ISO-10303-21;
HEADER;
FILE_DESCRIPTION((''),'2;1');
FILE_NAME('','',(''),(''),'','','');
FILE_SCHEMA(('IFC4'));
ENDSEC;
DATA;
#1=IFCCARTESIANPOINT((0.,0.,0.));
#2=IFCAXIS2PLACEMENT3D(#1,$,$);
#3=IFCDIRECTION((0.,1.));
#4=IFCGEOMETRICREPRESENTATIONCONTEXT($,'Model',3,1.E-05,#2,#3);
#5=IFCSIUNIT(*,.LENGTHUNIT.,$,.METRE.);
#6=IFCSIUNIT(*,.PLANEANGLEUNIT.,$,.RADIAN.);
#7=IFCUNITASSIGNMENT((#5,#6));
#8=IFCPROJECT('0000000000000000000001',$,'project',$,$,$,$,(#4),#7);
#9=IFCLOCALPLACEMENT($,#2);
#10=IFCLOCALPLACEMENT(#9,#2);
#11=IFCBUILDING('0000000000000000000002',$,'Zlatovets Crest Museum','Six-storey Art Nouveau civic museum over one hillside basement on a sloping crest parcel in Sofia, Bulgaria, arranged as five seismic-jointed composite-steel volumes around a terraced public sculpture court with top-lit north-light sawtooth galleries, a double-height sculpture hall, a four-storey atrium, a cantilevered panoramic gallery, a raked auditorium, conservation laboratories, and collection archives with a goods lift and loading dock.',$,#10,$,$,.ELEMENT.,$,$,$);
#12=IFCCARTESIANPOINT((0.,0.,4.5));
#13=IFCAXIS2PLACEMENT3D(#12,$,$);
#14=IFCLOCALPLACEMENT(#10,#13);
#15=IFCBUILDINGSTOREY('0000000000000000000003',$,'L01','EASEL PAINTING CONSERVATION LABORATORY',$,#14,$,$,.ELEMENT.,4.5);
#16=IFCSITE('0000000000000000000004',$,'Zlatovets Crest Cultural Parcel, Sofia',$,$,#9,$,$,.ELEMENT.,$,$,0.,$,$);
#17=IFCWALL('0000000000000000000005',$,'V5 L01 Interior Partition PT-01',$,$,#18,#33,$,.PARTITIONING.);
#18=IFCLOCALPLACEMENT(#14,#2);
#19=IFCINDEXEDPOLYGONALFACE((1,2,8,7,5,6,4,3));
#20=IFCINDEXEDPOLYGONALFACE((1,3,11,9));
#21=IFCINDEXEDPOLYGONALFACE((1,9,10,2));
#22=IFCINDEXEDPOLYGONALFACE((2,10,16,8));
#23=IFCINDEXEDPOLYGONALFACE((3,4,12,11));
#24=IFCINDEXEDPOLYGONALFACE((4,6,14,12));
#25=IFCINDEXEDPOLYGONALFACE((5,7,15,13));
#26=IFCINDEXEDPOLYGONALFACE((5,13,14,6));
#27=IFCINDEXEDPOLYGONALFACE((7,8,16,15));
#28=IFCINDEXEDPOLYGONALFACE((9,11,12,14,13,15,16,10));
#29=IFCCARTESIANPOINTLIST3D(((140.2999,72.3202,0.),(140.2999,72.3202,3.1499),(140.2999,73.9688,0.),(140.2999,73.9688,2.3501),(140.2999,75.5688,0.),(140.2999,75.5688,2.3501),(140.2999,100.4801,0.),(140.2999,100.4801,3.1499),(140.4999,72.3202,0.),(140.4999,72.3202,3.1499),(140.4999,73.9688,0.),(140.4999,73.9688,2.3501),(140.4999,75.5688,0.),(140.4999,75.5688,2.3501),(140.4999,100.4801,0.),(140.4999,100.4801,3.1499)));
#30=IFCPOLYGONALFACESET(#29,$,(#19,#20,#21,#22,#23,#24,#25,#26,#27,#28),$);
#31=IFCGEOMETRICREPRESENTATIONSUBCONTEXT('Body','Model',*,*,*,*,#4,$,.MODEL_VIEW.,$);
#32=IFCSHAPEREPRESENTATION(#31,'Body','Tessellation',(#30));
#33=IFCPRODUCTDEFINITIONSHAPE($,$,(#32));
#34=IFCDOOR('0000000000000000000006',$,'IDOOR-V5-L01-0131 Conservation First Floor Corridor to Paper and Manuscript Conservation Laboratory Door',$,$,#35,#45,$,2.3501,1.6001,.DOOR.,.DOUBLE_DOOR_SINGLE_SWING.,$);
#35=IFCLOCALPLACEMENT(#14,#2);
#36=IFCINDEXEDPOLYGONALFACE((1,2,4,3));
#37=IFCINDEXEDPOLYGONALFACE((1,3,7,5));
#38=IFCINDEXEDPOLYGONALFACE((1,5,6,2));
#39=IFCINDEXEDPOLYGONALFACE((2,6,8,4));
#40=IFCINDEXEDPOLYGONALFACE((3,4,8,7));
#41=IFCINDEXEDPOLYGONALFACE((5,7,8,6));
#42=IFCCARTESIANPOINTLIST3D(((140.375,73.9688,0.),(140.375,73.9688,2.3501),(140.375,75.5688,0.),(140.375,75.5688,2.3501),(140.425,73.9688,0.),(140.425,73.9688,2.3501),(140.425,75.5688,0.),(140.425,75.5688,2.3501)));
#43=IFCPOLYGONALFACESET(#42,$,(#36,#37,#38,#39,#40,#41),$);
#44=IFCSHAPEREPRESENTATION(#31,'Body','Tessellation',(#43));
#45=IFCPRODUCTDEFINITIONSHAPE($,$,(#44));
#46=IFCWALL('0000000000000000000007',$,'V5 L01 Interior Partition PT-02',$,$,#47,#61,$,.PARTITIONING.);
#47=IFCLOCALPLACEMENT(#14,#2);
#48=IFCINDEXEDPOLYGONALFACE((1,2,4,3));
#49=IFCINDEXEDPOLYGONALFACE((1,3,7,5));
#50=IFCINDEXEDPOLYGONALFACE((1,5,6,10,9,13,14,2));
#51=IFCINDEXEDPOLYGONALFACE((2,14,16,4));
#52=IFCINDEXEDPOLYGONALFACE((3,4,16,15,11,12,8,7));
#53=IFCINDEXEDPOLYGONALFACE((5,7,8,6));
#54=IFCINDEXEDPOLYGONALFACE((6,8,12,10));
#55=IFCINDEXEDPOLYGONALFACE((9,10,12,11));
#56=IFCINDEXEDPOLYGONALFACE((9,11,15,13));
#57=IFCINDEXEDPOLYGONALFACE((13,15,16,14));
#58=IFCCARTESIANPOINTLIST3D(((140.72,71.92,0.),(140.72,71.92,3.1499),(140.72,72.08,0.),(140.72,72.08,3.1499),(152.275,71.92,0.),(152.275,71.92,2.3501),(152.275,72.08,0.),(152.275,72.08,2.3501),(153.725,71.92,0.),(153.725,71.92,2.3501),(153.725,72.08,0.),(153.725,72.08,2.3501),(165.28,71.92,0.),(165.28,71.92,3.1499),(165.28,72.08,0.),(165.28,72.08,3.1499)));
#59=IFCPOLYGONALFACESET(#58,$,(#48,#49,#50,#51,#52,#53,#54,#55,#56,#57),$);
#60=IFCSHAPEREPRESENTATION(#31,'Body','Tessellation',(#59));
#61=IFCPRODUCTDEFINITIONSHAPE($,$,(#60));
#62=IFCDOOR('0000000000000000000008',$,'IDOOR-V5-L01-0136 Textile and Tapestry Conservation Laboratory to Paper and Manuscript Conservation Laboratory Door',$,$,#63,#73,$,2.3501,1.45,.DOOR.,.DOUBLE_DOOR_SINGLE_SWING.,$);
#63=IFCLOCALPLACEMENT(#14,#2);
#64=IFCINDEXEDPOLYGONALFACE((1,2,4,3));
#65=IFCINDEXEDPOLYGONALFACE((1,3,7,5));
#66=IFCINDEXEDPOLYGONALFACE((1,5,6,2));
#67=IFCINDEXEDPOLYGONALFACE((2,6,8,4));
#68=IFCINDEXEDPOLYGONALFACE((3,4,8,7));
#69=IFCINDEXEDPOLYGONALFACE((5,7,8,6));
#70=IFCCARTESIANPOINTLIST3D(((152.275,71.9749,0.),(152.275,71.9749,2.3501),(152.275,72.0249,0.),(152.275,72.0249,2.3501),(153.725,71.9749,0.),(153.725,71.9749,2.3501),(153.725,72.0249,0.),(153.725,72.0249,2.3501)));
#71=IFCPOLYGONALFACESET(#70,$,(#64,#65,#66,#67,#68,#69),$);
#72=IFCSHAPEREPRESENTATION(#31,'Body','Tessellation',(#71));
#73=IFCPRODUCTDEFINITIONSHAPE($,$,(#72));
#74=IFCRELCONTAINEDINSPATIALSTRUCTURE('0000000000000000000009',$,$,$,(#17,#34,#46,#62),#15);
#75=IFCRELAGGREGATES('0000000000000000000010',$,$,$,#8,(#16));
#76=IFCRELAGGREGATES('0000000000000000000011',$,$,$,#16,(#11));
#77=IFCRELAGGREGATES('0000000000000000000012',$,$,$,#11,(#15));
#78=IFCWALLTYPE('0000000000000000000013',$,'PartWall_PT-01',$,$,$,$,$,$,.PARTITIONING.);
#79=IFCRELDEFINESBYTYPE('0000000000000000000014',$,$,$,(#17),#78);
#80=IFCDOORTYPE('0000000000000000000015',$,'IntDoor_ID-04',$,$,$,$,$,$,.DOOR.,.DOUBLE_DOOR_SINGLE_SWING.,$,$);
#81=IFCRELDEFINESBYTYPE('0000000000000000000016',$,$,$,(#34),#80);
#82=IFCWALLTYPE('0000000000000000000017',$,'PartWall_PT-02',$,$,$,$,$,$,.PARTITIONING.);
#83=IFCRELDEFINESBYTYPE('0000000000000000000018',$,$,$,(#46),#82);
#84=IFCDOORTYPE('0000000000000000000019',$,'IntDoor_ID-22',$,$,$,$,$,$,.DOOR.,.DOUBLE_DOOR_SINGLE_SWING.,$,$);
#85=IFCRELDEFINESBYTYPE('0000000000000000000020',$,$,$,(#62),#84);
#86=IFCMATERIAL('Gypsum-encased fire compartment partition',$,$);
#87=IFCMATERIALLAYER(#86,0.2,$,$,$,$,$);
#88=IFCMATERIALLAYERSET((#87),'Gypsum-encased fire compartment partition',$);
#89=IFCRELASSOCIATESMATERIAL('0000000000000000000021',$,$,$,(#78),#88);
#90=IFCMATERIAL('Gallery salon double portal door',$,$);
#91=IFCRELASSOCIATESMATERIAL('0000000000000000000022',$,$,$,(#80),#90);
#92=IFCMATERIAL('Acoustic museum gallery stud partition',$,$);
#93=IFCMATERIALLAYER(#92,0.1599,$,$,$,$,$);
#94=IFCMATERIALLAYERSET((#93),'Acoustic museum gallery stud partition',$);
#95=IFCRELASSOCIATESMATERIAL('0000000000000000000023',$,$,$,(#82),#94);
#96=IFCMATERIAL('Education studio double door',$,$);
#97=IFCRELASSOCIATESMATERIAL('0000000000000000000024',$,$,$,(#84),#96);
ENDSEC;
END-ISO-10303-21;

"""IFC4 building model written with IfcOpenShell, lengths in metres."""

from ifc_helpers import new_model, si_unit, direction, frame, frame_2d, origin, place, context, subcontext, project, spatial, rectangle, extrude, material, layer, layer_set, type_object, element, fill, save


model = new_model("IFC4")

# Units and contexts
model_context = context("Model", 3, precision=1e-05, world=origin(), true_north=direction((0.0, 1.0)))
body_context = subcontext(model_context, "Body", "Model", "MODEL_VIEW")
ifc_project = project(units=[si_unit("LENGTHUNIT", "METRE"), si_unit("PLANEANGLEUNIT", "RADIAN")], contexts=[model_context])

# Site, building, storey
site_placement = place(None, origin())
site = spatial("IfcSite", under=ifc_project, at=site_placement, Name="Zlatovets Crest Cultural Parcel, Sofia", CompositionType="ELEMENT", RefElevation=0.0)
building_placement = place(site_placement, origin())
building = spatial("IfcBuilding", under=site, at=building_placement, Name="Zlatovets Crest Museum", Description="Six-storey Art Nouveau civic museum over one hillside basement on a sloping crest parcel in Sofia, Bulgaria, arranged as five seismic-jointed composite-steel volumes around a terraced public sculpture court with top-lit north-light sawtooth galleries, a double-height sculpture hall, a four-storey atrium, a cantilevered panoramic gallery, a raked auditorium, conservation laboratories, and collection archives with a goods lift and loading dock.", CompositionType="ELEMENT")
storey_placement = place(building_placement, frame((0.0, 0.0, 4.5)))
storey = spatial("IfcBuildingStorey", under=building, at=storey_placement, Name="L01", Description="EASEL PAINTING CONSERVATION LABORATORY", CompositionType="ELEMENT", Elevation=4.5)

# Walls, openings, doors
ifc_material_1 = material(Name="Gypsum-encased fire compartment partition")
ifc_layer_1 = layer(ifc_material_1, 0.2)
ifc_layer_set_1 = layer_set([ifc_layer_1], Name="Gypsum-encased fire compartment partition")
wall_type_1 = type_object("IfcWallType", Name="PartWall_PT-01", PredefinedType="PARTITIONING", material=ifc_layer_set_1)
wall_1_placement = place(storey_placement, frame((140.3999, 72.3201, 0.0), z_axis=(0.0, 0.0, 1.0), x_axis=(0.0, 1.0, 0.0)))
wall_1 = element("IfcWall", 1, at=wall_1_placement, inside=storey, type_object=wall_type_1, Name="V5 L01 Interior Partition PT-01", PredefinedType="PARTITIONING", context=body_context, shape_type="SweptSolid", body=[
    extrude(rectangle(XDim=28.1599, YDim=0.2, at=frame_2d((14.0801, 0.0))), origin(), (0.0, 0.0, 1.0), 3.1499),
])
opening_1_placement = place(wall_1_placement, frame((1.6487, 0.0, 0.0)))
opening_1 = element("IfcOpeningElement", 2, at=opening_1_placement, cuts=wall_1, PredefinedType="OPENING", context=body_context, shape_type="SweptSolid", body=[
    extrude(rectangle(XDim=1.6001, YDim=2.3501, at=frame_2d((0.8, 1.175))), frame((0.0, 0.1099, 0.0), z_axis=(0.0, -1.0, 0.0), x_axis=(1.0, 0.0, 0.0)), (0.0, 0.0, 1.0), 0.22),
])
ifc_material_2 = material(Name="Gallery salon double portal door")
door_type_1 = type_object("IfcDoorType", Name="IntDoor_ID-04", OperationType="DOUBLE_DOOR_SINGLE_SWING", PredefinedType="DOOR", material=ifc_material_2)
door_1_placement = place(opening_1_placement, origin())
door_1 = element("IfcDoor", 3, at=door_1_placement, inside=storey, type_object=door_type_1, Name="IDOOR-V5-L01-0131 Conservation First Floor Corridor to Paper and Manuscript Conservation Laboratory Door", OperationType="DOUBLE_DOOR_SINGLE_SWING", OverallHeight=2.3501, OverallWidth=1.6001, PredefinedType="DOOR", context=body_context, shape_type="SweptSolid", body=[
    extrude(rectangle(XDim=1.6001, YDim=2.3501, at=frame_2d((0.8, 1.175))), frame((0.0, 0.0249, 0.0), z_axis=(0.0, -1.0, 0.0), x_axis=(1.0, 0.0, 0.0)), (0.0, 0.0, 1.0), 0.05),
])
fill(opening_1, door_1)
ifc_material_3 = material(Name="Acoustic museum gallery stud partition")
ifc_layer_2 = layer(ifc_material_3, 0.1599)
ifc_layer_set_2 = layer_set([ifc_layer_2], Name="Acoustic museum gallery stud partition")
wall_type_2 = type_object("IfcWallType", Name="PartWall_PT-02", PredefinedType="PARTITIONING", material=ifc_layer_set_2)
wall_2_placement = place(storey_placement, frame((140.72, 72.0, 0.0), z_axis=(0.0, 0.0, 1.0), x_axis=(1.0, 0.0, 0.0)))
wall_2 = element("IfcWall", 4, at=wall_2_placement, inside=storey, type_object=wall_type_2, Name="V5 L01 Interior Partition PT-02", PredefinedType="PARTITIONING", context=body_context, shape_type="SweptSolid", body=[
    extrude(rectangle(XDim=24.5601, YDim=0.1599, at=frame_2d((12.28, 0.0))), origin(), (0.0, 0.0, 1.0), 3.1499),
])
opening_2_placement = place(wall_2_placement, frame((11.5549, 0.0, 0.0)))
opening_2 = element("IfcOpeningElement", 5, at=opening_2_placement, cuts=wall_2, PredefinedType="OPENING", context=body_context, shape_type="SweptSolid", body=[
    extrude(rectangle(XDim=1.45, YDim=2.3501, at=frame_2d((0.7251, 1.175))), frame((0.0, 0.0898, 0.0), z_axis=(0.0, -1.0, 0.0), x_axis=(1.0, 0.0, 0.0)), (0.0, 0.0, 1.0), 0.1799),
])
ifc_material_4 = material(Name="Education studio double door")
door_type_2 = type_object("IfcDoorType", Name="IntDoor_ID-22", OperationType="DOUBLE_DOOR_SINGLE_SWING", PredefinedType="DOOR", material=ifc_material_4)
door_2_placement = place(opening_2_placement, origin())
door_2 = element("IfcDoor", 6, at=door_2_placement, inside=storey, type_object=door_type_2, Name="IDOOR-V5-L01-0136 Textile and Tapestry Conservation Laboratory to Paper and Manuscript Conservation Laboratory Door", OperationType="DOUBLE_DOOR_SINGLE_SWING", OverallHeight=2.3501, OverallWidth=1.45, PredefinedType="DOOR", context=body_context, shape_type="SweptSolid", body=[
    extrude(rectangle(XDim=1.45, YDim=2.3501, at=frame_2d((0.7251, 1.175))), frame((0.0, 0.0249, 0.0), z_axis=(0.0, -1.0, 0.0), x_axis=(1.0, 0.0, 0.0)), (0.0, 0.0, 1.0), 0.05),
])
fill(opening_2, door_2)

save(model, "model.ifc")
